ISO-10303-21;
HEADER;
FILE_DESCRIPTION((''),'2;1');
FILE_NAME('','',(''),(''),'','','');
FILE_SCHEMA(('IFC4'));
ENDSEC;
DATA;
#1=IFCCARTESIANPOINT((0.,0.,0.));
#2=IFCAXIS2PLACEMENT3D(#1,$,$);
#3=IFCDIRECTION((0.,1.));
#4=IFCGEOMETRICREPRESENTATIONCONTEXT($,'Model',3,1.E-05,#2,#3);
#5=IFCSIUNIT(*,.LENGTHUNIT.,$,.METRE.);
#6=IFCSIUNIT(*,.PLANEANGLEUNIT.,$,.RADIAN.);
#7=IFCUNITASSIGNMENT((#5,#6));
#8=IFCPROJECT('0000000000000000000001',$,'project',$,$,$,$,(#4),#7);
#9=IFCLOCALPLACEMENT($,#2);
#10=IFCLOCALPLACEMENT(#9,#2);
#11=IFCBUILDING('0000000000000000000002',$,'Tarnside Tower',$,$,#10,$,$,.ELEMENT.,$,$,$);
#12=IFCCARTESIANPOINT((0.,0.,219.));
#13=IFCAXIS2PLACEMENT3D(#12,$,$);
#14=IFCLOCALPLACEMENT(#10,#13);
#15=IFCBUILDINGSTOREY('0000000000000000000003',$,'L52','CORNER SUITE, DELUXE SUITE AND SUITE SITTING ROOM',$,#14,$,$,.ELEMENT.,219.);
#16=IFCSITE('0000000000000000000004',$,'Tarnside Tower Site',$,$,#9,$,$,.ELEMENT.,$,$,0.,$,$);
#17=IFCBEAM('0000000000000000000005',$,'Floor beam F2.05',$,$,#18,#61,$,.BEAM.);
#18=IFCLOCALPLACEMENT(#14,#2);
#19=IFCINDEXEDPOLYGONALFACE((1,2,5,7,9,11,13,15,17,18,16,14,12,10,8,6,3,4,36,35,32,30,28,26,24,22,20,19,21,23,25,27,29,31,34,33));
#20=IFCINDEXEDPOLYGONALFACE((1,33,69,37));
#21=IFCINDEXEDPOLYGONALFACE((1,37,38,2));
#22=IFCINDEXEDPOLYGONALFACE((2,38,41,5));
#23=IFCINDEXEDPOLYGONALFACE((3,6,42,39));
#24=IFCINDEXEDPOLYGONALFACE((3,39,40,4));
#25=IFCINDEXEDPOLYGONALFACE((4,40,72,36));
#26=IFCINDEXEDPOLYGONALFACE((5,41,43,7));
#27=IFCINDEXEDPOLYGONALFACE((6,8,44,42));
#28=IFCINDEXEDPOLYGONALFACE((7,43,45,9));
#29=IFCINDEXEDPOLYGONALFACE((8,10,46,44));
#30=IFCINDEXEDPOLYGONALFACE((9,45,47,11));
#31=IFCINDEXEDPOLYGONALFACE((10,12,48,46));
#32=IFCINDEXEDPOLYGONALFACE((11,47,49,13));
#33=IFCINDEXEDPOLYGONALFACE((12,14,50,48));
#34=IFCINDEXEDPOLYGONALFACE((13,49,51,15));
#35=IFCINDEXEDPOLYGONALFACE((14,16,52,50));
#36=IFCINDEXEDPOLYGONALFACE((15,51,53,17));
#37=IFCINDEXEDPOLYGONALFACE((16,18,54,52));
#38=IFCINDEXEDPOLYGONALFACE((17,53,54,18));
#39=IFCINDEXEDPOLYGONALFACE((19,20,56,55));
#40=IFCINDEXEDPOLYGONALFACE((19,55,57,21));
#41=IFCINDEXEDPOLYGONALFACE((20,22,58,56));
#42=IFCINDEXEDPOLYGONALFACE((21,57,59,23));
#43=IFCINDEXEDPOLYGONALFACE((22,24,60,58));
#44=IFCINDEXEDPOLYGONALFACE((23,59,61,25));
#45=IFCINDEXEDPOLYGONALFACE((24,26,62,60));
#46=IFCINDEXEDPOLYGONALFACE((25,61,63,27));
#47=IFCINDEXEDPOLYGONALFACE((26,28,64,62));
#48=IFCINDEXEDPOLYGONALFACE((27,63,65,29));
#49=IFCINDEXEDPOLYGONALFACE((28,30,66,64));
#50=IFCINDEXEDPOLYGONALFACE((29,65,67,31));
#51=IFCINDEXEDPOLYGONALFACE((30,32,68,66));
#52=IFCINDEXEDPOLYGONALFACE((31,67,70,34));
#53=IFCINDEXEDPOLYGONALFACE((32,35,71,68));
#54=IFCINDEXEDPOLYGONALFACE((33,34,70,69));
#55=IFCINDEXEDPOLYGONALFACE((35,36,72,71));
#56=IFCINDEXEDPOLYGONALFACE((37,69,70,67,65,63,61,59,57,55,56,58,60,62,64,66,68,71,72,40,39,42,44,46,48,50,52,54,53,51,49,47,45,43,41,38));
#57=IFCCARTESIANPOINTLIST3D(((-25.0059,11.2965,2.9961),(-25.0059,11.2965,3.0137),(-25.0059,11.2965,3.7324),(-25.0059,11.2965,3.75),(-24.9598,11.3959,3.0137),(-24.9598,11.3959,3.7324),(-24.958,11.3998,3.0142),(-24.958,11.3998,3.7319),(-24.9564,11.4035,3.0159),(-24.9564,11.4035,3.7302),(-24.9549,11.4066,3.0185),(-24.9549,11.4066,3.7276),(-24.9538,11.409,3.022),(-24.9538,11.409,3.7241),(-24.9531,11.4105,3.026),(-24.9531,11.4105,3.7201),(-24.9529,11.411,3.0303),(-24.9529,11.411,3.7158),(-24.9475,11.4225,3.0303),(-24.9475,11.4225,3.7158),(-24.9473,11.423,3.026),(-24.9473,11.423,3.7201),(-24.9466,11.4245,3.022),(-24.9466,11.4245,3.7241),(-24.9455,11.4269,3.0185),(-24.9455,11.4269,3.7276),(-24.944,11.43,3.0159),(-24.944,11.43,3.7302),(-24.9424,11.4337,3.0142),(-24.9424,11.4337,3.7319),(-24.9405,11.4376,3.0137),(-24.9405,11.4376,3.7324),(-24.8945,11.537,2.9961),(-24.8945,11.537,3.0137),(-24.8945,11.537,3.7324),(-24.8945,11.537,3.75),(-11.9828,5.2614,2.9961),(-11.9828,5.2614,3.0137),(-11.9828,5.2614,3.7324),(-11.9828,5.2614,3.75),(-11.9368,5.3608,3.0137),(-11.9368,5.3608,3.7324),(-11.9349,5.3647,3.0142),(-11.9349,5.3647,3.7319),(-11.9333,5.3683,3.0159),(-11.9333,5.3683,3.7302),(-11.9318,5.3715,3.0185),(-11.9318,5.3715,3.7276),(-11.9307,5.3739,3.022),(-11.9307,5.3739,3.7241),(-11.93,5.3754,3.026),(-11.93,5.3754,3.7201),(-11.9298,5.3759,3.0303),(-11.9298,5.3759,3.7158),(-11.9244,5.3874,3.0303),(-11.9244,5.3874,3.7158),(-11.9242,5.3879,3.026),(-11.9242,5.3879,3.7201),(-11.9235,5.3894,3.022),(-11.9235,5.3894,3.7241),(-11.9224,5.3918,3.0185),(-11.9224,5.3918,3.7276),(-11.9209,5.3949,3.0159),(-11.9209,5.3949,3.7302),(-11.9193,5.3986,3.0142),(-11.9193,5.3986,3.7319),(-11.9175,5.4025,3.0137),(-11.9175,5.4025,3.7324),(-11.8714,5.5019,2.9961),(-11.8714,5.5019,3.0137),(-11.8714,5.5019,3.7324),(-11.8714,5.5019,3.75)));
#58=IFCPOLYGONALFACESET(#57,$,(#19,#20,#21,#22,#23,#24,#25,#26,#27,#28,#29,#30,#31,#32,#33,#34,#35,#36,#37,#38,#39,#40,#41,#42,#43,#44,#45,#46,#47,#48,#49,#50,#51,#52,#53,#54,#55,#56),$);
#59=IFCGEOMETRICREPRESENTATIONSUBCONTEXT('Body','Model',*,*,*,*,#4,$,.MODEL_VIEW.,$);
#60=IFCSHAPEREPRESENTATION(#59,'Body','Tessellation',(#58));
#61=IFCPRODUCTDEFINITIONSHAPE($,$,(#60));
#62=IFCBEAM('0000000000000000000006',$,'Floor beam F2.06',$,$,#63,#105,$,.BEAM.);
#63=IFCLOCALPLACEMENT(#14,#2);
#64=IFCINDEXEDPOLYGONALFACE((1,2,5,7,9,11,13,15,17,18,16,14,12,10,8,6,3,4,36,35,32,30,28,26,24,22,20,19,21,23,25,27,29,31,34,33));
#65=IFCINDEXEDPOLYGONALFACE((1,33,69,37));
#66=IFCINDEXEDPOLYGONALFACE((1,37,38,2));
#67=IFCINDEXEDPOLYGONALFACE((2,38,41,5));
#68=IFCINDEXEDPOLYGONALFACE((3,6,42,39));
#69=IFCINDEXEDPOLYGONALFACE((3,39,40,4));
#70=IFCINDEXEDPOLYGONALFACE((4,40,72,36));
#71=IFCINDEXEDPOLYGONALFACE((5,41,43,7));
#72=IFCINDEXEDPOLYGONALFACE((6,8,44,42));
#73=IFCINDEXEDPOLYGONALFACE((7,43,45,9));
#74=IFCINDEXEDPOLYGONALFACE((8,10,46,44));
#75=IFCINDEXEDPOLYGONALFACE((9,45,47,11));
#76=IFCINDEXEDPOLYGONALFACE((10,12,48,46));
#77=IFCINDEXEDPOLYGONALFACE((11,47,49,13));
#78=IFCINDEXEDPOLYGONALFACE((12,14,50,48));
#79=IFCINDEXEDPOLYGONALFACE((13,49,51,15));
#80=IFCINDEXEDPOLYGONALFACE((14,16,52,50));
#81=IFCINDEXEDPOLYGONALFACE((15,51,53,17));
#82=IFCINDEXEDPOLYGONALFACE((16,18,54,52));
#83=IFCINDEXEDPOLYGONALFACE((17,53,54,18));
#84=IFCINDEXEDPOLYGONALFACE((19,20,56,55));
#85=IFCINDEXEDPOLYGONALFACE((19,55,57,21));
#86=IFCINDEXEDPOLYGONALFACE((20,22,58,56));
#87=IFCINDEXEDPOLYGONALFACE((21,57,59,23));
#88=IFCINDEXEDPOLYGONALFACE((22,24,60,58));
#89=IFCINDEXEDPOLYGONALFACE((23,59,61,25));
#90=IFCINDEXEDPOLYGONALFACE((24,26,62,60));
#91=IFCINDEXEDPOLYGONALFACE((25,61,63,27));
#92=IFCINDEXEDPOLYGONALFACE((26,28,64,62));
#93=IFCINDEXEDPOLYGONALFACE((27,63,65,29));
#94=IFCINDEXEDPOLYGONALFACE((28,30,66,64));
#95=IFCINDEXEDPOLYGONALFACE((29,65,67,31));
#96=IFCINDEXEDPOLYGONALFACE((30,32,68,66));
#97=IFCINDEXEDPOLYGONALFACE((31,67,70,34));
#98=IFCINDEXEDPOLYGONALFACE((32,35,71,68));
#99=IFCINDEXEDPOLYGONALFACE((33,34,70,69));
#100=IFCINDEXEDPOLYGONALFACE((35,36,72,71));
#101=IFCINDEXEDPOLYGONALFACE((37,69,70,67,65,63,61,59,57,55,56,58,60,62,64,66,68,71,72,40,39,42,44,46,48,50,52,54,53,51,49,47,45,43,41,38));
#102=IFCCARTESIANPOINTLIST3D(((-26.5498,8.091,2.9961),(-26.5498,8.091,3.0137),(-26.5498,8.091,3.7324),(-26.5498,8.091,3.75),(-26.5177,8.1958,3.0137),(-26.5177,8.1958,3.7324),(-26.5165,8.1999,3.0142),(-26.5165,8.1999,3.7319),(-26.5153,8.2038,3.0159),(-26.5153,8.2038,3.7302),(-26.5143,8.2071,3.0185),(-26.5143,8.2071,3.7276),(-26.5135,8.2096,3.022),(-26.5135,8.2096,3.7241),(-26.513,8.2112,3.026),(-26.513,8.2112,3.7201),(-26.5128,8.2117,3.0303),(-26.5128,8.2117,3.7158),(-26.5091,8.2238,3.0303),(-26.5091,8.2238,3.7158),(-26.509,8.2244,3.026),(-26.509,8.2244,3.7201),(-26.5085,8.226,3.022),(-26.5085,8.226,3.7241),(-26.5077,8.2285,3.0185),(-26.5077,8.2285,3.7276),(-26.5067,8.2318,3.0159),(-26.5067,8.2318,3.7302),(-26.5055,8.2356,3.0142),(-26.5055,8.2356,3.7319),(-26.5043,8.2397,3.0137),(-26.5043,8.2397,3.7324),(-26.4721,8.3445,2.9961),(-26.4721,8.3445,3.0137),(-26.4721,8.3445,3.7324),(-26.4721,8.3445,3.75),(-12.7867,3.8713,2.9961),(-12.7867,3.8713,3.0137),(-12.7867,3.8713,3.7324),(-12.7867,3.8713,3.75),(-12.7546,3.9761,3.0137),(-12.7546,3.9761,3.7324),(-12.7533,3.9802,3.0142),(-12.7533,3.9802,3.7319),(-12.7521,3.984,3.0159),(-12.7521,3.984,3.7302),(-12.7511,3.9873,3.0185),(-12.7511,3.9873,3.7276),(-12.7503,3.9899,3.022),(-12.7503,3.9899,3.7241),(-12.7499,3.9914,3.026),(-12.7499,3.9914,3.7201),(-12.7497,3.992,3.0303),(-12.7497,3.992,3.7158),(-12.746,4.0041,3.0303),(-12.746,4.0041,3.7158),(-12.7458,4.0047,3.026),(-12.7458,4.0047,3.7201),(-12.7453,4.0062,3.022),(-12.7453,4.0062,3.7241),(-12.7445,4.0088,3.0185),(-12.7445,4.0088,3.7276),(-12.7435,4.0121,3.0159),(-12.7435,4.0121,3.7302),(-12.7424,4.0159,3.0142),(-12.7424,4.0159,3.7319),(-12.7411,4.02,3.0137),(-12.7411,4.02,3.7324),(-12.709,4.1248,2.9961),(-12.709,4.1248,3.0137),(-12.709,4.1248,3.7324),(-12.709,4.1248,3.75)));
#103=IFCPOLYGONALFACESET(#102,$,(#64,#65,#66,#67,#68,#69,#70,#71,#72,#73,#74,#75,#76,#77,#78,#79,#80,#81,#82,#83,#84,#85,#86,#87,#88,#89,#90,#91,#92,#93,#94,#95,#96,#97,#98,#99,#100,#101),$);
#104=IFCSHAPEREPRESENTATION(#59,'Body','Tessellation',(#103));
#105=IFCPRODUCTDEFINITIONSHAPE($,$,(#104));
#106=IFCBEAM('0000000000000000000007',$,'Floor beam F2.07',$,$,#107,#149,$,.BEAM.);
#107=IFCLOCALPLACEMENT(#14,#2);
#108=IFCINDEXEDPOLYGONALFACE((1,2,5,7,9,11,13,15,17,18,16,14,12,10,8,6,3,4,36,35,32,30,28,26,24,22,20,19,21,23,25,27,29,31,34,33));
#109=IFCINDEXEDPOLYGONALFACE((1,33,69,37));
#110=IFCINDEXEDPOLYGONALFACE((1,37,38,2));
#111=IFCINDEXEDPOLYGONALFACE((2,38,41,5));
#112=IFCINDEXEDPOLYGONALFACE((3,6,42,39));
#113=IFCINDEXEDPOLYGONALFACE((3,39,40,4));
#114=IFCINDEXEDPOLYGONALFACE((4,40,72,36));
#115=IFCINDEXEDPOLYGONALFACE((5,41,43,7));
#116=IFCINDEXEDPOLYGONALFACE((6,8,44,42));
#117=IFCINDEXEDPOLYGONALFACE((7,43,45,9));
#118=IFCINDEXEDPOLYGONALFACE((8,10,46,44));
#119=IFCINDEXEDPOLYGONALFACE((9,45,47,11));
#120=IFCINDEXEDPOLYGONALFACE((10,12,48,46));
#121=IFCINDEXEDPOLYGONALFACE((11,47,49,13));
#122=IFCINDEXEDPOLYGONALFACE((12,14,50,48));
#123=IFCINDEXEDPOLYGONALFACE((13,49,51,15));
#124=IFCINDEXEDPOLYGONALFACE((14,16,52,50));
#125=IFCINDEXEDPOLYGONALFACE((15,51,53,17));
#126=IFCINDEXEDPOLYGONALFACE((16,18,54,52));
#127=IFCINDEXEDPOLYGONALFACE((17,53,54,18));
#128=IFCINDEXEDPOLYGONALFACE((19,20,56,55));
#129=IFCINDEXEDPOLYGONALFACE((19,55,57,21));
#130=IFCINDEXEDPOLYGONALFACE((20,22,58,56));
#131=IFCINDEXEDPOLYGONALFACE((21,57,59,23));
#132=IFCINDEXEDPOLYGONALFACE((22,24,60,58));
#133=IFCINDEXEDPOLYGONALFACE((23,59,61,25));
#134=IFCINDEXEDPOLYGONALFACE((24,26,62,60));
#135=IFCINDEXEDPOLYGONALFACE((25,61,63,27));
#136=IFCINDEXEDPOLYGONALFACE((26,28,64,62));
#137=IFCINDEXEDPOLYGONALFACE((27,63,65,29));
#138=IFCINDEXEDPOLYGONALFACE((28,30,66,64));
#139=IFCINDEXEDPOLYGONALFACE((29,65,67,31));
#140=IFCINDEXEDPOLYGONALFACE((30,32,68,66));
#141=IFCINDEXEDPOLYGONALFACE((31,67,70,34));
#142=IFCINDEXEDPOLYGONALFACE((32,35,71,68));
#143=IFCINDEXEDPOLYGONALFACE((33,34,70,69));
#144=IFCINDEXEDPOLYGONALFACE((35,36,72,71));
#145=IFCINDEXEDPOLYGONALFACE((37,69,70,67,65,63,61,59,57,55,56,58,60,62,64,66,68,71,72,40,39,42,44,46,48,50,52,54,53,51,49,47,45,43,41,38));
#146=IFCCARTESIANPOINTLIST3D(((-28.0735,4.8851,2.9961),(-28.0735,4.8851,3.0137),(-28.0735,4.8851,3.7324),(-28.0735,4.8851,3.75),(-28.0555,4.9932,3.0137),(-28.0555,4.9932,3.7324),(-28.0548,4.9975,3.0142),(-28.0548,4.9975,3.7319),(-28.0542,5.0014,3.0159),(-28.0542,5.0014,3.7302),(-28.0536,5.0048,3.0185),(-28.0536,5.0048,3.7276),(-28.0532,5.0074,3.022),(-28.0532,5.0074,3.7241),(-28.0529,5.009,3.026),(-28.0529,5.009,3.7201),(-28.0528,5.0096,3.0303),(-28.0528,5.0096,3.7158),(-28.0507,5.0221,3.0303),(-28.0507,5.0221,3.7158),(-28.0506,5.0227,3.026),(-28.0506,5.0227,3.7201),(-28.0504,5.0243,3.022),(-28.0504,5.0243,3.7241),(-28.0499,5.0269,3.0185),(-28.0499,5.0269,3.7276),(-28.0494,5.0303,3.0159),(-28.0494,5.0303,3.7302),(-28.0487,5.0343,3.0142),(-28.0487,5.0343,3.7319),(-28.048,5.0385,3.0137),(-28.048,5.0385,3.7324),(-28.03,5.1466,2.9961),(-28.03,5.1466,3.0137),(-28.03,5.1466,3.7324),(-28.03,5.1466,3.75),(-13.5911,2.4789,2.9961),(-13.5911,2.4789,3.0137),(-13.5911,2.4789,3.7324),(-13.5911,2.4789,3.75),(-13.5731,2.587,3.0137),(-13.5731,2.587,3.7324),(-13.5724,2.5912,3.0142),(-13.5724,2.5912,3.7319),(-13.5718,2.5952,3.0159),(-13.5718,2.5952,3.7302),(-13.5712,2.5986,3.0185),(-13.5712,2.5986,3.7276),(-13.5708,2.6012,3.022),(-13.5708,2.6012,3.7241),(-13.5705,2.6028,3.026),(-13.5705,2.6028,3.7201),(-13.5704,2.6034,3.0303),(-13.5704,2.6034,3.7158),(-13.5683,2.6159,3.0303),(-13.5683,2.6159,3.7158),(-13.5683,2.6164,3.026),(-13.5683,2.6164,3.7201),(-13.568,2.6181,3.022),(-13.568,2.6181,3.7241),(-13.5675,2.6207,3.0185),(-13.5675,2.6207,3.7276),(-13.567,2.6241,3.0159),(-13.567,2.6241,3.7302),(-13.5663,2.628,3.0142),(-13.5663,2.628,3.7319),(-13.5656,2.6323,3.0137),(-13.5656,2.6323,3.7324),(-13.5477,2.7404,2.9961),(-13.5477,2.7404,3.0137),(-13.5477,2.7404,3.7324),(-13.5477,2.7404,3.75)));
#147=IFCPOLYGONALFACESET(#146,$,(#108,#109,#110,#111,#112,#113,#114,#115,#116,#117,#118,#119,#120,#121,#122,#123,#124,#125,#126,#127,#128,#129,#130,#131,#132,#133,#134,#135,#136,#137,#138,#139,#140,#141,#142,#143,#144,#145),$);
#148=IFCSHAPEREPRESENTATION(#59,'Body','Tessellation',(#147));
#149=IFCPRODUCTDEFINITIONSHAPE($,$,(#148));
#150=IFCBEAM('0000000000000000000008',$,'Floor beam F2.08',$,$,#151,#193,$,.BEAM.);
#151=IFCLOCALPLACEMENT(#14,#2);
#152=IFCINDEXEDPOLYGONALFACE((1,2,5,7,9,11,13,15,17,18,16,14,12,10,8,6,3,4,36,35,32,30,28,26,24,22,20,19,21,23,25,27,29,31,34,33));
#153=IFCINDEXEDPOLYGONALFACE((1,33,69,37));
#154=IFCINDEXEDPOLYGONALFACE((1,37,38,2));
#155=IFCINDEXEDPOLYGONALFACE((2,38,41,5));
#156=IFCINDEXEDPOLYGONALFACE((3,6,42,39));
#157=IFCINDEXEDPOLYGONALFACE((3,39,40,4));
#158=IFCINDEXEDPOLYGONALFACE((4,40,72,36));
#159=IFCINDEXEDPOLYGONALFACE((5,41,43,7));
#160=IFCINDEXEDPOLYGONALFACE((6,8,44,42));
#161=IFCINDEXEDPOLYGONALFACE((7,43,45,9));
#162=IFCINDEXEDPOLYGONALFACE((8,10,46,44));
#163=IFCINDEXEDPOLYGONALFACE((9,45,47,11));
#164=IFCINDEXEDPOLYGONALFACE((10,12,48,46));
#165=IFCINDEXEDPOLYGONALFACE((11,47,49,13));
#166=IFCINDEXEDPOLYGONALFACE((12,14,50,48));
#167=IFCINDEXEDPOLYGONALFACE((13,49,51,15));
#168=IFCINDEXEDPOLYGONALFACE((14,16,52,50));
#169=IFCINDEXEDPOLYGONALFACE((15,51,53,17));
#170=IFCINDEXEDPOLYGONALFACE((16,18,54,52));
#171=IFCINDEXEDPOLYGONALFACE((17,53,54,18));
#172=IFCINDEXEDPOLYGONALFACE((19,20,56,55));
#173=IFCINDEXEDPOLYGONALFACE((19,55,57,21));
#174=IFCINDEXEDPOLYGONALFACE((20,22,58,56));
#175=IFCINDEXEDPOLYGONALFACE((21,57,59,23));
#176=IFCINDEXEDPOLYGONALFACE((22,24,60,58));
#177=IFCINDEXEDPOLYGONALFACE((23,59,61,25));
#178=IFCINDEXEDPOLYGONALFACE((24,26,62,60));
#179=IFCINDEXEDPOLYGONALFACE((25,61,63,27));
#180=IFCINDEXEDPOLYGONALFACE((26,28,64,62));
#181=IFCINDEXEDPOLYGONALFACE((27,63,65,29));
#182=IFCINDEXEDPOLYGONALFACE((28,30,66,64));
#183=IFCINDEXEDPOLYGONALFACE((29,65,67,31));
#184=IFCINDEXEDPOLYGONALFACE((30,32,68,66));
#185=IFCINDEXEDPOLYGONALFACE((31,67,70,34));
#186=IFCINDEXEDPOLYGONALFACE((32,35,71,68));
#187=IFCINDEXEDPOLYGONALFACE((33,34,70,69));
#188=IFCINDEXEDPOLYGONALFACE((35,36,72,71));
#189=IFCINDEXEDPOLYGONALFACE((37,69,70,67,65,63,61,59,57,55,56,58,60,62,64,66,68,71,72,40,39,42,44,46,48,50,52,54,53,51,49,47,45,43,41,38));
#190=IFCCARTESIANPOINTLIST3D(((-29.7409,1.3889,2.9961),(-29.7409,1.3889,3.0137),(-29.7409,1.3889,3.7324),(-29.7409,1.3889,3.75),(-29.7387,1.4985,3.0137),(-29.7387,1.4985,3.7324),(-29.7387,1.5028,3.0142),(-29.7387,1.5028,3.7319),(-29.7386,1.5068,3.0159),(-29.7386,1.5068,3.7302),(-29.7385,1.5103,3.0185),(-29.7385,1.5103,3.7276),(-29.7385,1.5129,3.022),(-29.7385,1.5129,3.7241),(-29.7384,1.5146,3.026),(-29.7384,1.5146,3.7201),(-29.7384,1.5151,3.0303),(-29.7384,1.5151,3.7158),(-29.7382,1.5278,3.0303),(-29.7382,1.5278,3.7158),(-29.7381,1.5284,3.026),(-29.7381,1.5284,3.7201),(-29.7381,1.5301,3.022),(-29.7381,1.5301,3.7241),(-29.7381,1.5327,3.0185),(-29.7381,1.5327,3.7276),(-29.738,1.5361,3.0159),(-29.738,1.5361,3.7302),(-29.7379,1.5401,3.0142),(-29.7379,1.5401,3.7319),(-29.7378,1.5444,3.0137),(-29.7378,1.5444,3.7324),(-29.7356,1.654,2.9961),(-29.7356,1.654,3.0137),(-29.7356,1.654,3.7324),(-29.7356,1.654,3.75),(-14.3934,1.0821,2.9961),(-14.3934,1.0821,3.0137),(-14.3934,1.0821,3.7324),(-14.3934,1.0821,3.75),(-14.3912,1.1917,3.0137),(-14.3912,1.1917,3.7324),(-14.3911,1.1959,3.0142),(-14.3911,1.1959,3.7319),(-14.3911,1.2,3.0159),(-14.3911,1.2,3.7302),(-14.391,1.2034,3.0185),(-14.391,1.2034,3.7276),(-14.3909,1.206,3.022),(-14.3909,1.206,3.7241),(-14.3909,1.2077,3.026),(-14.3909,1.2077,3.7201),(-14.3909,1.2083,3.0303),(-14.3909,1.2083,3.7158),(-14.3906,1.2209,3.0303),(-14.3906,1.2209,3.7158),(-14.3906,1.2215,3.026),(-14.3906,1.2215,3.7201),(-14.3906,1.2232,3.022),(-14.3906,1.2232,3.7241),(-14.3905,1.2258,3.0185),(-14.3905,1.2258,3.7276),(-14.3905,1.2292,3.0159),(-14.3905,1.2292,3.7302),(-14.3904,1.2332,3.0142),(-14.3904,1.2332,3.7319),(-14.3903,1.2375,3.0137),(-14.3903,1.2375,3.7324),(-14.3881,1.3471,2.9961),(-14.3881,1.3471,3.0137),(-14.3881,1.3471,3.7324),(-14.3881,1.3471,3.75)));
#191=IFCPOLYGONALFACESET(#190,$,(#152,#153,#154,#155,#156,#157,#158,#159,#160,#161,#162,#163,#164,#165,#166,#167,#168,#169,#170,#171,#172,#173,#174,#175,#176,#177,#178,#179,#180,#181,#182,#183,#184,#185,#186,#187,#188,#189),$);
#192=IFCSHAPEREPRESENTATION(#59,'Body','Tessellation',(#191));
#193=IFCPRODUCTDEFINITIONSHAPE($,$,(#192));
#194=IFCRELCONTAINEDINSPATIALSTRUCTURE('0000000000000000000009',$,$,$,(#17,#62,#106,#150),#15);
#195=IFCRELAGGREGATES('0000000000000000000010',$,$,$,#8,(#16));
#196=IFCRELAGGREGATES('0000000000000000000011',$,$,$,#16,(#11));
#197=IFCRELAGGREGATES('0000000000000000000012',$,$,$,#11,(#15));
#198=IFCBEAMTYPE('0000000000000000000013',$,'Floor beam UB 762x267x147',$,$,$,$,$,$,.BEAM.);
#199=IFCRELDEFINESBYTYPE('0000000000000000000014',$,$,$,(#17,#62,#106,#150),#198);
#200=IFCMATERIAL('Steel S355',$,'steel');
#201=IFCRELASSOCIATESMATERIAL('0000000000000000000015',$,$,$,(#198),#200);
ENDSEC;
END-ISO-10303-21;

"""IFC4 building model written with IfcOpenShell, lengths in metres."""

from ifc_helpers import new_model, si_unit, direction, frame, origin, origin_2d, place, context, subcontext, project, spatial, i_section, extrude, material, material_profile, profile_set, type_object, element, save


model = new_model("IFC4")

# Units and contexts
model_context = context("Model", 3, precision=1e-05, world=origin(), true_north=direction((0.0, 1.0)))
body_context = subcontext(model_context, "Body", "Model", "MODEL_VIEW")
ifc_project = project(units=[si_unit("LENGTHUNIT", "METRE"), si_unit("PLANEANGLEUNIT", "RADIAN")], contexts=[model_context])

# Site, building, storey
site_placement = place(None, origin())
site = spatial("IfcSite", under=ifc_project, at=site_placement, Name="Tarnside Tower Site", CompositionType="ELEMENT", RefElevation=0.0)
building_placement = place(site_placement, origin())
building = spatial("IfcBuilding", under=site, at=building_placement, Name="Tarnside Tower", CompositionType="ELEMENT")
storey_placement = place(building_placement, frame((0.0, 0.0, 219.0)))
storey = spatial("IfcBuildingStorey", under=building, at=storey_placement, Name="L52", Description="CORNER SUITE, DELUXE SUITE AND SUITE SITTING ROOM", CompositionType="ELEMENT", Elevation=219.0)

# Beams
ifc_material_1 = material(Name="Steel S355", Category="steel")
ifc_material_profile = material_profile(ifc_material_1, i_section(OverallWidth=0.2651, OverallDepth=0.7539, WebThickness=0.0127, FlangeThickness=0.0176, FilletRadius=0.0166, at=origin_2d()), Name="UB 762x267x147")
ifc_profile_set = profile_set([ifc_material_profile], Name="Steel S355")
beam_type = type_object("IfcBeamType", Name="Floor beam UB 762x267x147", PredefinedType="BEAM", material=ifc_profile_set)
beam_1_placement = place(storey_placement, frame((-24.9502, 11.4167, 3.373), z_axis=(0.90731, -0.420462, 0.0), x_axis=(0.420462, 0.90731, 0.0)))
element("IfcBeam", 1, at=beam_1_placement, inside=storey, type_object=beam_type, Name="Floor beam F2.05", PredefinedType="BEAM", context=body_context, shape_type="SweptSolid", body=[
    extrude(i_section(OverallWidth=0.2651, OverallDepth=0.7539, WebThickness=0.0127, FlangeThickness=0.0176, FilletRadius=0.0166, at=origin_2d()), origin(), (0.0, 0.0, 1.0), 14.3535),
])
beam_2_placement = place(storey_placement, frame((-26.511, 8.2178, 3.373), z_axis=(0.956073, -0.293128, 0.0), x_axis=(0.293128, 0.956073, 0.0)))
element("IfcBeam", 2, at=beam_2_placement, inside=storey, type_object=beam_type, Name="Floor beam F2.06", PredefinedType="BEAM", context=body_context, shape_type="SweptSolid", body=[
    extrude(i_section(OverallWidth=0.2651, OverallDepth=0.7539, WebThickness=0.0127, FlangeThickness=0.0176, FilletRadius=0.0166, at=origin_2d()), origin(), (0.0, 0.0, 1.0), 14.3955),
])
beam_3_placement = place(storey_placement, frame((-28.0518, 5.0159, 3.373), z_axis=(0.986476, -0.163903, 0.0), x_axis=(0.163903, 0.986476, 0.0)))
element("IfcBeam", 3, at=beam_3_placement, inside=storey, type_object=beam_type, Name="Floor beam F2.07", PredefinedType="BEAM", context=body_context, shape_type="SweptSolid", body=[
    extrude(i_section(OverallWidth=0.2651, OverallDepth=0.7539, WebThickness=0.0127, FlangeThickness=0.0176, FilletRadius=0.0166, at=origin_2d()), origin(), (0.0, 0.0, 1.0), 14.6809),
])
beam_4_placement = place(storey_placement, frame((-29.7383, 1.5215, 3.373), z_axis=(0.9998, -0.019992, 0.0), x_axis=(0.019992, 0.9998, 0.0)))
element("IfcBeam", 4, at=beam_4_placement, inside=storey, type_object=beam_type, Name="Floor beam F2.08", PredefinedType="BEAM", context=body_context, shape_type="SweptSolid", body=[
    extrude(i_section(OverallWidth=0.2651, OverallDepth=0.7539, WebThickness=0.0127, FlangeThickness=0.0176, FilletRadius=0.0166, at=origin_2d()), origin(), (0.0, 0.0, 1.0), 15.3506),
])

save(model, "model.ifc")
